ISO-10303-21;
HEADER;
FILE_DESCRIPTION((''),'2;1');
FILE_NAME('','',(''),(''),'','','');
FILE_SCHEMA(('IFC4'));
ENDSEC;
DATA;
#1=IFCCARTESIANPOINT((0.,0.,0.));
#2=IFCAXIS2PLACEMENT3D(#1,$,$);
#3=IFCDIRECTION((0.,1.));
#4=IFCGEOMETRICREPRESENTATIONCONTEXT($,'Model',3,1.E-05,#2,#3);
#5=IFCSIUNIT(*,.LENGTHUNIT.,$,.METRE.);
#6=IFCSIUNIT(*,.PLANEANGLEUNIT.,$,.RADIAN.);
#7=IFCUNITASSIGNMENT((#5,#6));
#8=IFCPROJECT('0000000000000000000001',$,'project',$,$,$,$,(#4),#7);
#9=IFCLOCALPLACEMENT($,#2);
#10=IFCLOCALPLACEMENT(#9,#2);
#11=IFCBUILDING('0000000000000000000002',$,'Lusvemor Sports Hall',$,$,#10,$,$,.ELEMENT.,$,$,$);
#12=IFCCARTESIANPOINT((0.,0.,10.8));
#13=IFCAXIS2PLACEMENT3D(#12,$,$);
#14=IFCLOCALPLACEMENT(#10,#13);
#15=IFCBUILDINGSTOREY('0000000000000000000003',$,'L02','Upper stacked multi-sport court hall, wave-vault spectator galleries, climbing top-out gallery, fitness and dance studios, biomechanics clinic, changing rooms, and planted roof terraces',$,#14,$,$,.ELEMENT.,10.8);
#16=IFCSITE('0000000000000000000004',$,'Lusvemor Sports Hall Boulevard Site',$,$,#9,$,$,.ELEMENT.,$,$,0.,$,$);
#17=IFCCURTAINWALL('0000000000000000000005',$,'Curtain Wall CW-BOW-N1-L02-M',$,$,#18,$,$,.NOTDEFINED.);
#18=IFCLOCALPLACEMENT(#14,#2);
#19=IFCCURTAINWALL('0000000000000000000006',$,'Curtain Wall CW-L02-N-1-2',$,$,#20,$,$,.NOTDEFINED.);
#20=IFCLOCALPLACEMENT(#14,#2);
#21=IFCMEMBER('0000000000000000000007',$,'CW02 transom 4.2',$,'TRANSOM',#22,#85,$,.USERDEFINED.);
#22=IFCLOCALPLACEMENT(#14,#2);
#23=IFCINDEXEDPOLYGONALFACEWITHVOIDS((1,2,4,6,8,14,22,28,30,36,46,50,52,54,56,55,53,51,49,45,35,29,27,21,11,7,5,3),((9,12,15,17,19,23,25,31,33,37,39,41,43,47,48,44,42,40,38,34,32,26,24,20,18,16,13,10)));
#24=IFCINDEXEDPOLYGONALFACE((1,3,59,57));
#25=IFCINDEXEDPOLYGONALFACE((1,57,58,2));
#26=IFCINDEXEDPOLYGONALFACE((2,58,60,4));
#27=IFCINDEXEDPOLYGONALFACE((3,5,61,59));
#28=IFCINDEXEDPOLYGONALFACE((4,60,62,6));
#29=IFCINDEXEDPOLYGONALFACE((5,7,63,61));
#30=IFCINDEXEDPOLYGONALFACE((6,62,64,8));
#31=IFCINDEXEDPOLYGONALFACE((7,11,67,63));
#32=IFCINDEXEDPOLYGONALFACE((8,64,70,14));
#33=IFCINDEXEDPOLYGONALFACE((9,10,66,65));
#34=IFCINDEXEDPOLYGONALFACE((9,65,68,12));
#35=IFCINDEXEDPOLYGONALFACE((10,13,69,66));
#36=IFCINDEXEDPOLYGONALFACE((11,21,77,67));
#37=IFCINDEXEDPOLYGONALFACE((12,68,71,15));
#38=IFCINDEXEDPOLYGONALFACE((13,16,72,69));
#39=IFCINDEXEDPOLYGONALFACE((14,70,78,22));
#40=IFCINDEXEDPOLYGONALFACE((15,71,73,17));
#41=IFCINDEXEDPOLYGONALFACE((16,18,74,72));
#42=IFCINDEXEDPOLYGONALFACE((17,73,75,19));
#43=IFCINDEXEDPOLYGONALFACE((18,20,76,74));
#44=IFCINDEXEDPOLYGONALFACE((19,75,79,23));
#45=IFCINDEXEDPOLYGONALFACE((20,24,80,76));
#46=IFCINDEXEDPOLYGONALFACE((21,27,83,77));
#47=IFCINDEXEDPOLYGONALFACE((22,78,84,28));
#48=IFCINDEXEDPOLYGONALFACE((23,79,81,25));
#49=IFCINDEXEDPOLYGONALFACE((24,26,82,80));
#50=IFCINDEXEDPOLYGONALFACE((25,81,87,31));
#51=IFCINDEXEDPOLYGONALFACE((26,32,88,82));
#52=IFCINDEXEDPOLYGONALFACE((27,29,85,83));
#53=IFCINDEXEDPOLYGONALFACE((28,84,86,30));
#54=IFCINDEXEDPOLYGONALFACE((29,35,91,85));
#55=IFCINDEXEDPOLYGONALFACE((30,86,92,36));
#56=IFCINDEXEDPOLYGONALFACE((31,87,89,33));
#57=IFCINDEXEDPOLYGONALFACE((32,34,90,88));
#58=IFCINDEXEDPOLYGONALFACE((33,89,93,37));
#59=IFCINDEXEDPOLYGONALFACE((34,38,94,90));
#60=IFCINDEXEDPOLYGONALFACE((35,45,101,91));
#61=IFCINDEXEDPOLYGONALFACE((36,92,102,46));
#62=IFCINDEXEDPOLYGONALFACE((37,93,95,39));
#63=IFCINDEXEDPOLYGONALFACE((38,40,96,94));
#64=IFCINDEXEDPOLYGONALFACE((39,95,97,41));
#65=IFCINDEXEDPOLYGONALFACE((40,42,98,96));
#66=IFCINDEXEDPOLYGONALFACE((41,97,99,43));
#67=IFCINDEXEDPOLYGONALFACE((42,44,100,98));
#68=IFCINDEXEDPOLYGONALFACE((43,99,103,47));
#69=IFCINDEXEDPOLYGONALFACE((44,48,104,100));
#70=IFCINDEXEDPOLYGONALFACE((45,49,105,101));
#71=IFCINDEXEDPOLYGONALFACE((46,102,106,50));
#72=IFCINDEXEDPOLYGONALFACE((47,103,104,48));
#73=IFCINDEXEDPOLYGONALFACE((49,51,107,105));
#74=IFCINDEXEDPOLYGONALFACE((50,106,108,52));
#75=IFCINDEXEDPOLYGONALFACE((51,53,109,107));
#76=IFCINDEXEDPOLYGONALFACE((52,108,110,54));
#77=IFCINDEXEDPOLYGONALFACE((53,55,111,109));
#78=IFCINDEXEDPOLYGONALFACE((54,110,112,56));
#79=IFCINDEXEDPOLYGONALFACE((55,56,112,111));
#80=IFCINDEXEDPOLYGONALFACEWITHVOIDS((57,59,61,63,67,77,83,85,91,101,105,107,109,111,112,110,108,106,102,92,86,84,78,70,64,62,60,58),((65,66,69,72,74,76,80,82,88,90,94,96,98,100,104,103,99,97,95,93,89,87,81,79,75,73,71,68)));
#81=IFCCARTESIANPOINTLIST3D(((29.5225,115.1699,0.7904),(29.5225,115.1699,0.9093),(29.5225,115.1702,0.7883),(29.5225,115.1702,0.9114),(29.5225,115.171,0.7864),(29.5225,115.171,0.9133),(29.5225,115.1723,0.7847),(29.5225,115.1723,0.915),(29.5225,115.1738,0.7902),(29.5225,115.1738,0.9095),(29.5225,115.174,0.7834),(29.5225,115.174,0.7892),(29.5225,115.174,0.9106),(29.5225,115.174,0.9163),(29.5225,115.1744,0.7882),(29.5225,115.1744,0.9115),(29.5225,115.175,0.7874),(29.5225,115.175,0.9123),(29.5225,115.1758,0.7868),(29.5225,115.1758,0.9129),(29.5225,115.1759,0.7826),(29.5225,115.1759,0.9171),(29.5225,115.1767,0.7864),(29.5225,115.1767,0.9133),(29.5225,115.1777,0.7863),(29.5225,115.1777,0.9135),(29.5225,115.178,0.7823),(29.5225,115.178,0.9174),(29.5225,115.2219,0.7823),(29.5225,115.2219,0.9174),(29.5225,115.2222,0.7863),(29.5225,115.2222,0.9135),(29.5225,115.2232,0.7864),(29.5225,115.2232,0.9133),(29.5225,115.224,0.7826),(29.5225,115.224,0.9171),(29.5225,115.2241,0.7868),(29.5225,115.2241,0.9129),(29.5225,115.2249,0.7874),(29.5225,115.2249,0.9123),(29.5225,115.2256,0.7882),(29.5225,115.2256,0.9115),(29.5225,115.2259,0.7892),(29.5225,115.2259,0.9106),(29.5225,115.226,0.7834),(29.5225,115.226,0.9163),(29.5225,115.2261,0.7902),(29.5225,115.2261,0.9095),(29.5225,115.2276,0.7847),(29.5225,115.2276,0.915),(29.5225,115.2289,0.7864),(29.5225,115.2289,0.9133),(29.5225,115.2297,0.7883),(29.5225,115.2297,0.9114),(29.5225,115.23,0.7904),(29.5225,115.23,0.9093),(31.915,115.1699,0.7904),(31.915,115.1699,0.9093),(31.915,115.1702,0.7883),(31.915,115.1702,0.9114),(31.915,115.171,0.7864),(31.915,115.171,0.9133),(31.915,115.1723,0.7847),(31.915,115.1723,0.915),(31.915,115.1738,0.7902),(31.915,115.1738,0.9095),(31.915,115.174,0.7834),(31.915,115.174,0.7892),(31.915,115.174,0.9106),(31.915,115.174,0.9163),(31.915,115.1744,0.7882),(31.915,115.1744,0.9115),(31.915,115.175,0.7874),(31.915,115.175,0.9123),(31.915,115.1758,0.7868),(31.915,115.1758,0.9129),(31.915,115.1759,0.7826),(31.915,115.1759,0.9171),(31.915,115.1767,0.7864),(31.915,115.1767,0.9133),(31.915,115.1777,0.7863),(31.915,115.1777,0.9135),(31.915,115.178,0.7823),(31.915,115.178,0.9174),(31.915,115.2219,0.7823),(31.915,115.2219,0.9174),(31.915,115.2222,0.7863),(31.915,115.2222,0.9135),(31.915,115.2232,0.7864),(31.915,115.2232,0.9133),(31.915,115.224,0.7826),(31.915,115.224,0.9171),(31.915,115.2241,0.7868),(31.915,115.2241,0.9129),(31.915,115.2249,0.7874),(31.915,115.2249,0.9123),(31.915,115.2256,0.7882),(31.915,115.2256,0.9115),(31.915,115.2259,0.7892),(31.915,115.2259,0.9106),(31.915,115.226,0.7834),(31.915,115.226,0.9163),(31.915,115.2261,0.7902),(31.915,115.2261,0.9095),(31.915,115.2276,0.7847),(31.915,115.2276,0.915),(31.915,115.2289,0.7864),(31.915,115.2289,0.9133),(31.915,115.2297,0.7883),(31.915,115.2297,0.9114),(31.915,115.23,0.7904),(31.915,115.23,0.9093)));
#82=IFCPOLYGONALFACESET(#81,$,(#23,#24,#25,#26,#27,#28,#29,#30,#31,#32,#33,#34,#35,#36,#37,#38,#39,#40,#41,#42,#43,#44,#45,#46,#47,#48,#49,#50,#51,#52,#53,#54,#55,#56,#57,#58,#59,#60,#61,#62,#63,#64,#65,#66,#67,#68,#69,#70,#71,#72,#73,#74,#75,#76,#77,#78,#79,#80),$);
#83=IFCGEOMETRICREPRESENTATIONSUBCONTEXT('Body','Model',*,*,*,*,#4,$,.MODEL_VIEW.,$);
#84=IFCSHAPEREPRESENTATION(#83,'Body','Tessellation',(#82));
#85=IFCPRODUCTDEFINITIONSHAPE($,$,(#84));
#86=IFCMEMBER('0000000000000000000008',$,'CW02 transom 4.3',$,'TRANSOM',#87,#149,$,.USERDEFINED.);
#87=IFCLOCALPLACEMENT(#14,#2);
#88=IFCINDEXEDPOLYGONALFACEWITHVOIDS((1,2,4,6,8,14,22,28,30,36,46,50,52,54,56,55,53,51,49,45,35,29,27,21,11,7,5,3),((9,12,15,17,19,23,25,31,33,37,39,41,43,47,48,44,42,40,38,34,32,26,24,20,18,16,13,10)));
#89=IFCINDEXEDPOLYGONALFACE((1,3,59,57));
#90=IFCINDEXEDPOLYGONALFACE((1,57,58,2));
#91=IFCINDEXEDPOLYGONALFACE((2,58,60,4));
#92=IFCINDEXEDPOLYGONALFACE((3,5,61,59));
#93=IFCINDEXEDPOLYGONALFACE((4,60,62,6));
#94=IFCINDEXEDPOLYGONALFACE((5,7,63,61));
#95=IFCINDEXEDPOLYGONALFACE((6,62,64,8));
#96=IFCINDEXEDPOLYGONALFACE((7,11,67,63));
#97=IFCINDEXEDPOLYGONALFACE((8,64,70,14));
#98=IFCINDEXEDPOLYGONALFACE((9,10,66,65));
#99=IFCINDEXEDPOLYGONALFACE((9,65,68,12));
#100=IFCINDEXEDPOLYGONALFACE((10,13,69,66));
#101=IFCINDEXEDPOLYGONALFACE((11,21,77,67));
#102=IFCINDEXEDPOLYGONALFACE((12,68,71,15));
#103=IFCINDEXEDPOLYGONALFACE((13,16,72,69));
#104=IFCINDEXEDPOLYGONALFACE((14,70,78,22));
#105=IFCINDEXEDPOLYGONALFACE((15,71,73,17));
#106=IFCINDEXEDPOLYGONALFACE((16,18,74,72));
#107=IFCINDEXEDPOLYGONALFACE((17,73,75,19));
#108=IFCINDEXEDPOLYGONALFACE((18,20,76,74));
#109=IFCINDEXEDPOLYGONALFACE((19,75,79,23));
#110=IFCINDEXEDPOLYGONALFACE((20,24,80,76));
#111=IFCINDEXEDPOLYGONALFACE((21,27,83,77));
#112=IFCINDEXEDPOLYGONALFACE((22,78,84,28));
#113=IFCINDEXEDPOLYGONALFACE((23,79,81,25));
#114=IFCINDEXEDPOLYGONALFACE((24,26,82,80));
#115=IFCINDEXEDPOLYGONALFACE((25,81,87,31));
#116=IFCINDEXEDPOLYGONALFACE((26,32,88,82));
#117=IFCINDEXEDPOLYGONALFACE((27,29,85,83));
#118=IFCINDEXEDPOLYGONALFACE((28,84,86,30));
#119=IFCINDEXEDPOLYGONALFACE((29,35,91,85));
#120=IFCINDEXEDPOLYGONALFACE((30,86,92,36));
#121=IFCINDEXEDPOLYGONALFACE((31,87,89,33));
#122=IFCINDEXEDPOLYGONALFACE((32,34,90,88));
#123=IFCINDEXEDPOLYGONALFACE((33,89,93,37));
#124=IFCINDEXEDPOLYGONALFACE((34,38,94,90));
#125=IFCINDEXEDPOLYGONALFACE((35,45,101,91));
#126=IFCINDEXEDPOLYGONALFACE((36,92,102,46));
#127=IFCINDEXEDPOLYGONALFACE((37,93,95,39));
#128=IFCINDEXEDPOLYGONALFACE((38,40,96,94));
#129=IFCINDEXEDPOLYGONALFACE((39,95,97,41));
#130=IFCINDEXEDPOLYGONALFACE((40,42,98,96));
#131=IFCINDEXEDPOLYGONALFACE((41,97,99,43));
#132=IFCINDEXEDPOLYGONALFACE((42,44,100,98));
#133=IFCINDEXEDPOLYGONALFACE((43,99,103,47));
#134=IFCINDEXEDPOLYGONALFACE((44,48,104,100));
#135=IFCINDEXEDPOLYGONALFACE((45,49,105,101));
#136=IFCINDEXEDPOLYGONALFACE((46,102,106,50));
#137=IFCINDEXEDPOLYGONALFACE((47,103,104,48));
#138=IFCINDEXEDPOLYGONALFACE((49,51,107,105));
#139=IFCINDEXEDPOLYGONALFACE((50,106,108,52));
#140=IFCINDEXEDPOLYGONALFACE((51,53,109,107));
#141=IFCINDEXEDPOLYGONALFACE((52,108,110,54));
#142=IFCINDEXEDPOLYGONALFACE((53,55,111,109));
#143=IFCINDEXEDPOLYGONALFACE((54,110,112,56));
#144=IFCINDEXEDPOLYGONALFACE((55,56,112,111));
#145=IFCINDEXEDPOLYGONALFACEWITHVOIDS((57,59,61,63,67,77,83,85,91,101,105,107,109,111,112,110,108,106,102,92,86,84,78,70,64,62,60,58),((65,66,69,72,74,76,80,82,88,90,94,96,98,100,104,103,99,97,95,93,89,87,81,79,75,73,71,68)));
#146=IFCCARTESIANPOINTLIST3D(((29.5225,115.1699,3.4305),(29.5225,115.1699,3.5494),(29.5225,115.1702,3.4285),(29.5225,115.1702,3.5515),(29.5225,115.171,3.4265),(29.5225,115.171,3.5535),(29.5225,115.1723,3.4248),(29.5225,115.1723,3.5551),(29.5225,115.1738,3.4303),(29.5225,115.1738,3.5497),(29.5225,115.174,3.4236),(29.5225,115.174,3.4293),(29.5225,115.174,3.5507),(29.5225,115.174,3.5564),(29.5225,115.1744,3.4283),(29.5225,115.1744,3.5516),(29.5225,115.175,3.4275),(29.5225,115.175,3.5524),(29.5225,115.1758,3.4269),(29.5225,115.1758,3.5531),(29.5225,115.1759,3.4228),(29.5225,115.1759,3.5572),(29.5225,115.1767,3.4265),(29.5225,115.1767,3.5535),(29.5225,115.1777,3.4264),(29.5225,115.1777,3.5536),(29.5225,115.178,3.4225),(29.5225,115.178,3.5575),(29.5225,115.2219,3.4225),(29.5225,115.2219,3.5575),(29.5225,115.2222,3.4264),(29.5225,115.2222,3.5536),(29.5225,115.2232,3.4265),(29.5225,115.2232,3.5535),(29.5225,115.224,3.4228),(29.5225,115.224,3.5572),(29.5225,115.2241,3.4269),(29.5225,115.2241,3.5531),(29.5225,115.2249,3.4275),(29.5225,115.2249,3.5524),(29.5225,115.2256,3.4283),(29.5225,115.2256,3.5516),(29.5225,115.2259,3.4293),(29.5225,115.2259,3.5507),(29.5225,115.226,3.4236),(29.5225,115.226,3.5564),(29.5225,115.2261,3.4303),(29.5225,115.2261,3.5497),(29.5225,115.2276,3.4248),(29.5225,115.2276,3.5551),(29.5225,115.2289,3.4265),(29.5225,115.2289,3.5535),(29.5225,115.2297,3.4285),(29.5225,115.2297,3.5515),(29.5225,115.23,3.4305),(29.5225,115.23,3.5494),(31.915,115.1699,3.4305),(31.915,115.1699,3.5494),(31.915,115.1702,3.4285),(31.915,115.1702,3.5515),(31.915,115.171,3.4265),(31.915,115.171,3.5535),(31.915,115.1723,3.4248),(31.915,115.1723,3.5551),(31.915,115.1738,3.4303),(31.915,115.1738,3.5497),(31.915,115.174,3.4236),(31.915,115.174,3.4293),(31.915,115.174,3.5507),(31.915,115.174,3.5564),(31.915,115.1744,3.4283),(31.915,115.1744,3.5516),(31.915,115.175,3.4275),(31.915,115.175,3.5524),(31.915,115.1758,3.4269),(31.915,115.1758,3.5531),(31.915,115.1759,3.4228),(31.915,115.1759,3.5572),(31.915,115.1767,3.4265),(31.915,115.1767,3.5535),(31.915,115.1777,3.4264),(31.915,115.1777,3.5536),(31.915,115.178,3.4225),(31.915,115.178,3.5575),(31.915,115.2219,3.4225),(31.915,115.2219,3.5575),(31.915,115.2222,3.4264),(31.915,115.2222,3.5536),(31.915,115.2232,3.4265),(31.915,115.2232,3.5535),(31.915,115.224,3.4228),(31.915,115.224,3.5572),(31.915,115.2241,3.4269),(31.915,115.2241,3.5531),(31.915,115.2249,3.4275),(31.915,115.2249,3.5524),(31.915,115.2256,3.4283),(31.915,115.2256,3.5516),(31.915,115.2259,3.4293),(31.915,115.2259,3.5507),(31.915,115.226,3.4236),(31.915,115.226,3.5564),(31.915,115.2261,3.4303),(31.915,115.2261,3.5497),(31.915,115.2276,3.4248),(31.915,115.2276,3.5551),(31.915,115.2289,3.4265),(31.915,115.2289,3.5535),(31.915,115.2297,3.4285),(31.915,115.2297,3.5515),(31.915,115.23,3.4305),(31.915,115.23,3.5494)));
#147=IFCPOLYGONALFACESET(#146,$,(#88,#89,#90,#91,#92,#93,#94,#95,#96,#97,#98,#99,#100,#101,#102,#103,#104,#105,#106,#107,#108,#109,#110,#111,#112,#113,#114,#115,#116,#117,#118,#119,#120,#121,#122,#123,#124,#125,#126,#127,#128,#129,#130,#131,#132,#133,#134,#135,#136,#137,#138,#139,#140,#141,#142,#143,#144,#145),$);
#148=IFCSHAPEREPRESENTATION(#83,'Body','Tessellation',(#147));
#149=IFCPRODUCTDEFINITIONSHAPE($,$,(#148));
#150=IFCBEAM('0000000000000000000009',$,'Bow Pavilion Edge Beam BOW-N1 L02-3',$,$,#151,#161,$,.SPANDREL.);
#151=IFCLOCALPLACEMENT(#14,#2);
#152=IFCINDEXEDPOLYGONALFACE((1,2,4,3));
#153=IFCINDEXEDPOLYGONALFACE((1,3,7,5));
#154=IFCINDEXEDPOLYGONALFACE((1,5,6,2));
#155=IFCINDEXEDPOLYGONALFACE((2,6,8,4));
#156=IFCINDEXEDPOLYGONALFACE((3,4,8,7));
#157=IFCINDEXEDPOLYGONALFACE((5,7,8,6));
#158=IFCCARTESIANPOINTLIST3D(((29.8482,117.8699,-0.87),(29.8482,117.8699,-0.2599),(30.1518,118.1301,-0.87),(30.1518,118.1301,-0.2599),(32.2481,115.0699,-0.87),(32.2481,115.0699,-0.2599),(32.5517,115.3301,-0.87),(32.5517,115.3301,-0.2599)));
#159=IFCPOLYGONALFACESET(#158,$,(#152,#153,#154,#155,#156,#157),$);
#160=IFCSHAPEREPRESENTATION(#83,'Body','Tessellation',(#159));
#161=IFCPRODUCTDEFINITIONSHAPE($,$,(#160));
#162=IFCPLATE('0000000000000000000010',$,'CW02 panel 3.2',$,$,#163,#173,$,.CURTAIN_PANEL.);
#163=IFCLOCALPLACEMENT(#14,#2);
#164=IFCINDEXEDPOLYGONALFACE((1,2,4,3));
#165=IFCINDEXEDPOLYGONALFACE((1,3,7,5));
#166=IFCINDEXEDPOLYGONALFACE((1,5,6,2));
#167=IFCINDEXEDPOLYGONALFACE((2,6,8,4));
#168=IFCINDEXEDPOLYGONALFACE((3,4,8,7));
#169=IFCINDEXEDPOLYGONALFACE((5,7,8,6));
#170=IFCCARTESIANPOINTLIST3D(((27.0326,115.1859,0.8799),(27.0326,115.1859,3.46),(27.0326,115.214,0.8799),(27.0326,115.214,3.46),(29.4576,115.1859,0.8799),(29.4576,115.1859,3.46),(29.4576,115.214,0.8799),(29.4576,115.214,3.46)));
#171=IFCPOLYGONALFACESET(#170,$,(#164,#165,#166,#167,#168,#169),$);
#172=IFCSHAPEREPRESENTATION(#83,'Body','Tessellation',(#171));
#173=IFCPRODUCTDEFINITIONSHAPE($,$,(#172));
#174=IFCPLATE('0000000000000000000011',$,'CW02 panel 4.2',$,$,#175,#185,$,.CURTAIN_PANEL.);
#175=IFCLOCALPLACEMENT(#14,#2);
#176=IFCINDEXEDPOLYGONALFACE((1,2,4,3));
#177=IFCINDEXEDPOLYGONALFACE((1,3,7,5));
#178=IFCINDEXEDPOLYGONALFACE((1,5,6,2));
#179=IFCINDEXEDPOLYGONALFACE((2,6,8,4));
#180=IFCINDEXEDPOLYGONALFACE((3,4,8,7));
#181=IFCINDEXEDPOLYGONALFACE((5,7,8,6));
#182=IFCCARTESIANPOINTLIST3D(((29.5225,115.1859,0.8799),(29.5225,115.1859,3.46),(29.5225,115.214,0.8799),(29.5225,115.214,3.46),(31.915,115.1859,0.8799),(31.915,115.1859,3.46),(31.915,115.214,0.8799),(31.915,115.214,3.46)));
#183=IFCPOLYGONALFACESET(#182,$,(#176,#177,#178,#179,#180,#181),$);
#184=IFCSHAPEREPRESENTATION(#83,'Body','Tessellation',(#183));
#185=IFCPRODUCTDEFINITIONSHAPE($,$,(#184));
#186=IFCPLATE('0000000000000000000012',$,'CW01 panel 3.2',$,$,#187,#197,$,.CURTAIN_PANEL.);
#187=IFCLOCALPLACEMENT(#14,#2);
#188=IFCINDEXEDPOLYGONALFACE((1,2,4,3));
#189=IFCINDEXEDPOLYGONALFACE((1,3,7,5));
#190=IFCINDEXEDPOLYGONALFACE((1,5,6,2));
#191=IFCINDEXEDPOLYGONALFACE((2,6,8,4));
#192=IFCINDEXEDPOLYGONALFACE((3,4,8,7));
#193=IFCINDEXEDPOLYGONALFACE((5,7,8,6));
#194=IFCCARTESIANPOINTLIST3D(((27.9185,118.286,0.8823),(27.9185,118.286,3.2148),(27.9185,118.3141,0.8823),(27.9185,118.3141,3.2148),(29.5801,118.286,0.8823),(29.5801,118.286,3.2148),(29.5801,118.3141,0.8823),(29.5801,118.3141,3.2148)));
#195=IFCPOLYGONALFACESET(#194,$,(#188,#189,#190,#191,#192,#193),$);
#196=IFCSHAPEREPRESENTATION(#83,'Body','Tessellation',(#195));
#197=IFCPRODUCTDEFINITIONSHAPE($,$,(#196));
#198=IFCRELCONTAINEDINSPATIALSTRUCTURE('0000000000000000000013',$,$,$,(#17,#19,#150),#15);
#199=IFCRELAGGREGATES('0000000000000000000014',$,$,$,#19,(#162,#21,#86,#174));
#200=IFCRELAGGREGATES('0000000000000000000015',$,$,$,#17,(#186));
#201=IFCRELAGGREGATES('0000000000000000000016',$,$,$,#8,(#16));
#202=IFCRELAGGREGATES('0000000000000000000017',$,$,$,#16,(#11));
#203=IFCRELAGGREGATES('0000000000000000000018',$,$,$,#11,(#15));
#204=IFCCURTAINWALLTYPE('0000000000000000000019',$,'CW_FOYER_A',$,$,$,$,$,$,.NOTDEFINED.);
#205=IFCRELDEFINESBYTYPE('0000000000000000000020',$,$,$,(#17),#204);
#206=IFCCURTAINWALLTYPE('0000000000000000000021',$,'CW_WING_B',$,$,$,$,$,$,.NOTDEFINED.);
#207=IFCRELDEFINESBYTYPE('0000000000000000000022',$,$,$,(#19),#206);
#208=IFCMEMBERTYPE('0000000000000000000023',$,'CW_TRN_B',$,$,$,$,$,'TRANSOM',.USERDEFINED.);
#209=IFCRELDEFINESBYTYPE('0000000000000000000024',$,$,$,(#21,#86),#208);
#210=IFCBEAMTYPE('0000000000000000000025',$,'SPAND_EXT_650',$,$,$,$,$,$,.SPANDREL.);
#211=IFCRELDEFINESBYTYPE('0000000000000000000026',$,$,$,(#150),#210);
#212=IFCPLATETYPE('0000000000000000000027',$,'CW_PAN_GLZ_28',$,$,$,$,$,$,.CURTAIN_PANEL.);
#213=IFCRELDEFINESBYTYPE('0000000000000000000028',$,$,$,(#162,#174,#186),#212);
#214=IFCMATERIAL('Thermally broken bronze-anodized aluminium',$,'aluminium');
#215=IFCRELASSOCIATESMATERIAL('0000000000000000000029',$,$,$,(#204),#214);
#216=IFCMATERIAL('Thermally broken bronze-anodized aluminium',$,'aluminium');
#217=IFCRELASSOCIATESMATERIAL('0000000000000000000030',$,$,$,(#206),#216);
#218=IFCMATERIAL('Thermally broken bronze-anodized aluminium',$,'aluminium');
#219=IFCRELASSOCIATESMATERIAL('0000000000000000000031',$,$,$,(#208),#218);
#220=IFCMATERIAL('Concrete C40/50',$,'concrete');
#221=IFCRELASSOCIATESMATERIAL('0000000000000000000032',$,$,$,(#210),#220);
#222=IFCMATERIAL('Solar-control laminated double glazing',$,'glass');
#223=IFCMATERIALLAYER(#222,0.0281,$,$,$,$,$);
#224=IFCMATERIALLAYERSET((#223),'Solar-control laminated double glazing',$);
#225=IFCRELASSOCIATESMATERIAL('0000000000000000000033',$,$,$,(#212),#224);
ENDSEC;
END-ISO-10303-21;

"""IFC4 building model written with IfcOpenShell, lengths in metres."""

from ifc_helpers import new_model, si_unit, direction, frame, origin, origin_2d, place, context, subcontext, project, spatial, rectangle, hollow_rectangle, extrude, material, layer, layer_set, material_profile, profile_set, type_object, element, aggregate, save


model = new_model("IFC4")

# Units and contexts
model_context = context("Model", 3, precision=1e-05, world=origin(), true_north=direction((0.0, 1.0)))
body_context = subcontext(model_context, "Body", "Model", "MODEL_VIEW")
ifc_project = project(units=[si_unit("LENGTHUNIT", "METRE"), si_unit("PLANEANGLEUNIT", "RADIAN")], contexts=[model_context])

# Site, building, storey
site_placement = place(None, origin())
site = spatial("IfcSite", under=ifc_project, at=site_placement, Name="Lusvemor Sports Hall Boulevard Site", CompositionType="ELEMENT", RefElevation=0.0)
building_placement = place(site_placement, origin())
building = spatial("IfcBuilding", under=site, at=building_placement, Name="Lusvemor Sports Hall", CompositionType="ELEMENT")
storey_placement = place(building_placement, frame((0.0, 0.0, 10.8)))
storey = spatial("IfcBuildingStorey", under=building, at=storey_placement, Name="L02", Description="Upper stacked multi-sport court hall, wave-vault spectator galleries, climbing top-out gallery, fitness and dance studios, biomechanics clinic, changing rooms, and planted roof terraces", CompositionType="ELEMENT", Elevation=10.8)

# Curtain walls
ifc_material_1 = material(Name="Thermally broken bronze-anodized aluminium", Category="aluminium")
curtain_wall_type_1 = type_object("IfcCurtainWallType", Name="CW_FOYER_A", PredefinedType="NOTDEFINED", material=ifc_material_1)
curtain_wall_1_placement = place(storey_placement, origin())
curtain_wall_1 = element("IfcCurtainWall", 1, at=curtain_wall_1_placement, inside=storey, type_object=curtain_wall_type_1, Name="Curtain Wall CW-BOW-N1-L02-M", PredefinedType="NOTDEFINED")
ifc_material_2 = material(Name="Thermally broken bronze-anodized aluminium", Category="aluminium")
curtain_wall_type_2 = type_object("IfcCurtainWallType", Name="CW_WING_B", PredefinedType="NOTDEFINED", material=ifc_material_2)
curtain_wall_2_placement = place(storey_placement, origin())
curtain_wall_2 = element("IfcCurtainWall", 2, at=curtain_wall_2_placement, inside=storey, type_object=curtain_wall_type_2, Name="Curtain Wall CW-L02-N-1-2", PredefinedType="NOTDEFINED")

# Members
ifc_material_3 = material(Name="Thermally broken bronze-anodized aluminium", Category="aluminium")
ifc_material_profile_1 = material_profile(ifc_material_3, hollow_rectangle(XDim=0.0601, YDim=0.135, WallThickness=0.0039, InnerFilletRadius=0.0039, OuterFilletRadius=0.0081, at=origin_2d()), Name="CWTRN135x60x4")
ifc_profile_set_1 = profile_set([ifc_material_profile_1], Name="Thermally broken bronze-anodized aluminium")
member_type_1 = type_object("IfcMemberType", Name="CW_TRN_B", ElementType="TRANSOM", PredefinedType="USERDEFINED", material=ifc_profile_set_1)
member_1_placement = place(storey_placement, frame((29.5225, 115.2, 0.8499), z_axis=(1.0, 0.0, 0.0), x_axis=(0.0, 1.0, 0.0)))
member_1 = element("IfcMember", 3, at=member_1_placement, type_object=member_type_1, Name="CW02 transom 4.2", ObjectType="TRANSOM", PredefinedType="USERDEFINED", context=body_context, shape_type="SweptSolid", body=[
    extrude(hollow_rectangle(XDim=0.0601, YDim=0.135, WallThickness=0.0039, InnerFilletRadius=0.0039, OuterFilletRadius=0.0081, at=origin_2d()), origin(), (0.0, 0.0, 1.0), 2.3926),
])
member_2_placement = place(storey_placement, frame((29.5225, 115.2, 3.49), z_axis=(1.0, 0.0, 0.0), x_axis=(0.0, 1.0, 0.0)))
member_2 = element("IfcMember", 4, at=member_2_placement, type_object=member_type_1, Name="CW02 transom 4.3", ObjectType="TRANSOM", PredefinedType="USERDEFINED", context=body_context, shape_type="SweptSolid", body=[
    extrude(hollow_rectangle(XDim=0.0601, YDim=0.135, WallThickness=0.0039, InnerFilletRadius=0.0039, OuterFilletRadius=0.0081, at=origin_2d()), origin(), (0.0, 0.0, 1.0), 2.3926),
])

# Beam
ifc_material_4 = material(Name="Concrete C40/50", Category="concrete")
ifc_material_profile_2 = material_profile(ifc_material_4, rectangle(XDim=0.3999, YDim=0.6101, at=origin_2d()), Name="RC400x610")
ifc_profile_set_2 = profile_set([ifc_material_profile_2], Name="Concrete C40/50")
beam_type = type_object("IfcBeamType", Name="SPAND_EXT_650", PredefinedType="SPANDREL", material=ifc_profile_set_2)
beam_placement = place(storey_placement, frame((30.0, 118.0, -0.5649), z_axis=(0.65077, -0.759275, 0.0), x_axis=(0.759275, 0.65077, 0.0)))
element("IfcBeam", 5, at=beam_placement, inside=storey, type_object=beam_type, Name="Bow Pavilion Edge Beam BOW-N1 L02-3", PredefinedType="SPANDREL", context=body_context, shape_type="SweptSolid", body=[
    extrude(rectangle(XDim=0.3999, YDim=0.6101, at=origin_2d()), origin(), (0.0, 0.0, 1.0), 3.6877),
])

# Plates
ifc_material_5 = material(Name="Solar-control laminated double glazing", Category="glass")
ifc_layer_1 = layer(ifc_material_5, 0.0281)
ifc_layer_set_1 = layer_set([ifc_layer_1], Name="Solar-control laminated double glazing")
plate_type_1 = type_object("IfcPlateType", Name="CW_PAN_GLZ_28", PredefinedType="CURTAIN_PANEL", material=ifc_layer_set_1)
plate_1_placement = place(storey_placement, frame((28.2451, 115.2, 0.8799), z_axis=(0.0, 0.0, 1.0), x_axis=(1.0, 0.0, 0.0)))
plate_1 = element("IfcPlate", 6, at=plate_1_placement, type_object=plate_type_1, Name="CW02 panel 3.2", PredefinedType="CURTAIN_PANEL", context=body_context, shape_type="SweptSolid", body=[
    extrude(rectangle(XDim=2.425, YDim=0.0281, at=origin_2d()), origin(), (0.0, 0.0, 1.0), 2.5801),
])
plate_2_placement = place(storey_placement, frame((30.7188, 115.2, 0.8799), z_axis=(0.0, 0.0, 1.0), x_axis=(1.0, 0.0, 0.0)))
plate_2 = element("IfcPlate", 7, at=plate_2_placement, type_object=plate_type_1, Name="CW02 panel 4.2", PredefinedType="CURTAIN_PANEL", context=body_context, shape_type="SweptSolid", body=[
    extrude(rectangle(XDim=2.3926, YDim=0.0281, at=origin_2d()), origin(), (0.0, 0.0, 1.0), 2.5801),
])
plate_3_placement = place(storey_placement, frame((28.7493, 118.3, 0.8823), z_axis=(0.0, 0.0, 1.0), x_axis=(1.0, 0.0, 0.0)))
plate_3 = element("IfcPlate", 8, at=plate_3_placement, type_object=plate_type_1, Name="CW01 panel 3.2", PredefinedType="CURTAIN_PANEL", context=body_context, shape_type="SweptSolid", body=[
    extrude(rectangle(XDim=1.6616, YDim=0.0281, at=origin_2d()), origin(), (0.0, 0.0, 1.0), 2.3325),
])
aggregate(curtain_wall_2, [plate_1, member_1, member_2, plate_2])
aggregate(curtain_wall_1, [plate_3])

save(model, "model.ifc")
